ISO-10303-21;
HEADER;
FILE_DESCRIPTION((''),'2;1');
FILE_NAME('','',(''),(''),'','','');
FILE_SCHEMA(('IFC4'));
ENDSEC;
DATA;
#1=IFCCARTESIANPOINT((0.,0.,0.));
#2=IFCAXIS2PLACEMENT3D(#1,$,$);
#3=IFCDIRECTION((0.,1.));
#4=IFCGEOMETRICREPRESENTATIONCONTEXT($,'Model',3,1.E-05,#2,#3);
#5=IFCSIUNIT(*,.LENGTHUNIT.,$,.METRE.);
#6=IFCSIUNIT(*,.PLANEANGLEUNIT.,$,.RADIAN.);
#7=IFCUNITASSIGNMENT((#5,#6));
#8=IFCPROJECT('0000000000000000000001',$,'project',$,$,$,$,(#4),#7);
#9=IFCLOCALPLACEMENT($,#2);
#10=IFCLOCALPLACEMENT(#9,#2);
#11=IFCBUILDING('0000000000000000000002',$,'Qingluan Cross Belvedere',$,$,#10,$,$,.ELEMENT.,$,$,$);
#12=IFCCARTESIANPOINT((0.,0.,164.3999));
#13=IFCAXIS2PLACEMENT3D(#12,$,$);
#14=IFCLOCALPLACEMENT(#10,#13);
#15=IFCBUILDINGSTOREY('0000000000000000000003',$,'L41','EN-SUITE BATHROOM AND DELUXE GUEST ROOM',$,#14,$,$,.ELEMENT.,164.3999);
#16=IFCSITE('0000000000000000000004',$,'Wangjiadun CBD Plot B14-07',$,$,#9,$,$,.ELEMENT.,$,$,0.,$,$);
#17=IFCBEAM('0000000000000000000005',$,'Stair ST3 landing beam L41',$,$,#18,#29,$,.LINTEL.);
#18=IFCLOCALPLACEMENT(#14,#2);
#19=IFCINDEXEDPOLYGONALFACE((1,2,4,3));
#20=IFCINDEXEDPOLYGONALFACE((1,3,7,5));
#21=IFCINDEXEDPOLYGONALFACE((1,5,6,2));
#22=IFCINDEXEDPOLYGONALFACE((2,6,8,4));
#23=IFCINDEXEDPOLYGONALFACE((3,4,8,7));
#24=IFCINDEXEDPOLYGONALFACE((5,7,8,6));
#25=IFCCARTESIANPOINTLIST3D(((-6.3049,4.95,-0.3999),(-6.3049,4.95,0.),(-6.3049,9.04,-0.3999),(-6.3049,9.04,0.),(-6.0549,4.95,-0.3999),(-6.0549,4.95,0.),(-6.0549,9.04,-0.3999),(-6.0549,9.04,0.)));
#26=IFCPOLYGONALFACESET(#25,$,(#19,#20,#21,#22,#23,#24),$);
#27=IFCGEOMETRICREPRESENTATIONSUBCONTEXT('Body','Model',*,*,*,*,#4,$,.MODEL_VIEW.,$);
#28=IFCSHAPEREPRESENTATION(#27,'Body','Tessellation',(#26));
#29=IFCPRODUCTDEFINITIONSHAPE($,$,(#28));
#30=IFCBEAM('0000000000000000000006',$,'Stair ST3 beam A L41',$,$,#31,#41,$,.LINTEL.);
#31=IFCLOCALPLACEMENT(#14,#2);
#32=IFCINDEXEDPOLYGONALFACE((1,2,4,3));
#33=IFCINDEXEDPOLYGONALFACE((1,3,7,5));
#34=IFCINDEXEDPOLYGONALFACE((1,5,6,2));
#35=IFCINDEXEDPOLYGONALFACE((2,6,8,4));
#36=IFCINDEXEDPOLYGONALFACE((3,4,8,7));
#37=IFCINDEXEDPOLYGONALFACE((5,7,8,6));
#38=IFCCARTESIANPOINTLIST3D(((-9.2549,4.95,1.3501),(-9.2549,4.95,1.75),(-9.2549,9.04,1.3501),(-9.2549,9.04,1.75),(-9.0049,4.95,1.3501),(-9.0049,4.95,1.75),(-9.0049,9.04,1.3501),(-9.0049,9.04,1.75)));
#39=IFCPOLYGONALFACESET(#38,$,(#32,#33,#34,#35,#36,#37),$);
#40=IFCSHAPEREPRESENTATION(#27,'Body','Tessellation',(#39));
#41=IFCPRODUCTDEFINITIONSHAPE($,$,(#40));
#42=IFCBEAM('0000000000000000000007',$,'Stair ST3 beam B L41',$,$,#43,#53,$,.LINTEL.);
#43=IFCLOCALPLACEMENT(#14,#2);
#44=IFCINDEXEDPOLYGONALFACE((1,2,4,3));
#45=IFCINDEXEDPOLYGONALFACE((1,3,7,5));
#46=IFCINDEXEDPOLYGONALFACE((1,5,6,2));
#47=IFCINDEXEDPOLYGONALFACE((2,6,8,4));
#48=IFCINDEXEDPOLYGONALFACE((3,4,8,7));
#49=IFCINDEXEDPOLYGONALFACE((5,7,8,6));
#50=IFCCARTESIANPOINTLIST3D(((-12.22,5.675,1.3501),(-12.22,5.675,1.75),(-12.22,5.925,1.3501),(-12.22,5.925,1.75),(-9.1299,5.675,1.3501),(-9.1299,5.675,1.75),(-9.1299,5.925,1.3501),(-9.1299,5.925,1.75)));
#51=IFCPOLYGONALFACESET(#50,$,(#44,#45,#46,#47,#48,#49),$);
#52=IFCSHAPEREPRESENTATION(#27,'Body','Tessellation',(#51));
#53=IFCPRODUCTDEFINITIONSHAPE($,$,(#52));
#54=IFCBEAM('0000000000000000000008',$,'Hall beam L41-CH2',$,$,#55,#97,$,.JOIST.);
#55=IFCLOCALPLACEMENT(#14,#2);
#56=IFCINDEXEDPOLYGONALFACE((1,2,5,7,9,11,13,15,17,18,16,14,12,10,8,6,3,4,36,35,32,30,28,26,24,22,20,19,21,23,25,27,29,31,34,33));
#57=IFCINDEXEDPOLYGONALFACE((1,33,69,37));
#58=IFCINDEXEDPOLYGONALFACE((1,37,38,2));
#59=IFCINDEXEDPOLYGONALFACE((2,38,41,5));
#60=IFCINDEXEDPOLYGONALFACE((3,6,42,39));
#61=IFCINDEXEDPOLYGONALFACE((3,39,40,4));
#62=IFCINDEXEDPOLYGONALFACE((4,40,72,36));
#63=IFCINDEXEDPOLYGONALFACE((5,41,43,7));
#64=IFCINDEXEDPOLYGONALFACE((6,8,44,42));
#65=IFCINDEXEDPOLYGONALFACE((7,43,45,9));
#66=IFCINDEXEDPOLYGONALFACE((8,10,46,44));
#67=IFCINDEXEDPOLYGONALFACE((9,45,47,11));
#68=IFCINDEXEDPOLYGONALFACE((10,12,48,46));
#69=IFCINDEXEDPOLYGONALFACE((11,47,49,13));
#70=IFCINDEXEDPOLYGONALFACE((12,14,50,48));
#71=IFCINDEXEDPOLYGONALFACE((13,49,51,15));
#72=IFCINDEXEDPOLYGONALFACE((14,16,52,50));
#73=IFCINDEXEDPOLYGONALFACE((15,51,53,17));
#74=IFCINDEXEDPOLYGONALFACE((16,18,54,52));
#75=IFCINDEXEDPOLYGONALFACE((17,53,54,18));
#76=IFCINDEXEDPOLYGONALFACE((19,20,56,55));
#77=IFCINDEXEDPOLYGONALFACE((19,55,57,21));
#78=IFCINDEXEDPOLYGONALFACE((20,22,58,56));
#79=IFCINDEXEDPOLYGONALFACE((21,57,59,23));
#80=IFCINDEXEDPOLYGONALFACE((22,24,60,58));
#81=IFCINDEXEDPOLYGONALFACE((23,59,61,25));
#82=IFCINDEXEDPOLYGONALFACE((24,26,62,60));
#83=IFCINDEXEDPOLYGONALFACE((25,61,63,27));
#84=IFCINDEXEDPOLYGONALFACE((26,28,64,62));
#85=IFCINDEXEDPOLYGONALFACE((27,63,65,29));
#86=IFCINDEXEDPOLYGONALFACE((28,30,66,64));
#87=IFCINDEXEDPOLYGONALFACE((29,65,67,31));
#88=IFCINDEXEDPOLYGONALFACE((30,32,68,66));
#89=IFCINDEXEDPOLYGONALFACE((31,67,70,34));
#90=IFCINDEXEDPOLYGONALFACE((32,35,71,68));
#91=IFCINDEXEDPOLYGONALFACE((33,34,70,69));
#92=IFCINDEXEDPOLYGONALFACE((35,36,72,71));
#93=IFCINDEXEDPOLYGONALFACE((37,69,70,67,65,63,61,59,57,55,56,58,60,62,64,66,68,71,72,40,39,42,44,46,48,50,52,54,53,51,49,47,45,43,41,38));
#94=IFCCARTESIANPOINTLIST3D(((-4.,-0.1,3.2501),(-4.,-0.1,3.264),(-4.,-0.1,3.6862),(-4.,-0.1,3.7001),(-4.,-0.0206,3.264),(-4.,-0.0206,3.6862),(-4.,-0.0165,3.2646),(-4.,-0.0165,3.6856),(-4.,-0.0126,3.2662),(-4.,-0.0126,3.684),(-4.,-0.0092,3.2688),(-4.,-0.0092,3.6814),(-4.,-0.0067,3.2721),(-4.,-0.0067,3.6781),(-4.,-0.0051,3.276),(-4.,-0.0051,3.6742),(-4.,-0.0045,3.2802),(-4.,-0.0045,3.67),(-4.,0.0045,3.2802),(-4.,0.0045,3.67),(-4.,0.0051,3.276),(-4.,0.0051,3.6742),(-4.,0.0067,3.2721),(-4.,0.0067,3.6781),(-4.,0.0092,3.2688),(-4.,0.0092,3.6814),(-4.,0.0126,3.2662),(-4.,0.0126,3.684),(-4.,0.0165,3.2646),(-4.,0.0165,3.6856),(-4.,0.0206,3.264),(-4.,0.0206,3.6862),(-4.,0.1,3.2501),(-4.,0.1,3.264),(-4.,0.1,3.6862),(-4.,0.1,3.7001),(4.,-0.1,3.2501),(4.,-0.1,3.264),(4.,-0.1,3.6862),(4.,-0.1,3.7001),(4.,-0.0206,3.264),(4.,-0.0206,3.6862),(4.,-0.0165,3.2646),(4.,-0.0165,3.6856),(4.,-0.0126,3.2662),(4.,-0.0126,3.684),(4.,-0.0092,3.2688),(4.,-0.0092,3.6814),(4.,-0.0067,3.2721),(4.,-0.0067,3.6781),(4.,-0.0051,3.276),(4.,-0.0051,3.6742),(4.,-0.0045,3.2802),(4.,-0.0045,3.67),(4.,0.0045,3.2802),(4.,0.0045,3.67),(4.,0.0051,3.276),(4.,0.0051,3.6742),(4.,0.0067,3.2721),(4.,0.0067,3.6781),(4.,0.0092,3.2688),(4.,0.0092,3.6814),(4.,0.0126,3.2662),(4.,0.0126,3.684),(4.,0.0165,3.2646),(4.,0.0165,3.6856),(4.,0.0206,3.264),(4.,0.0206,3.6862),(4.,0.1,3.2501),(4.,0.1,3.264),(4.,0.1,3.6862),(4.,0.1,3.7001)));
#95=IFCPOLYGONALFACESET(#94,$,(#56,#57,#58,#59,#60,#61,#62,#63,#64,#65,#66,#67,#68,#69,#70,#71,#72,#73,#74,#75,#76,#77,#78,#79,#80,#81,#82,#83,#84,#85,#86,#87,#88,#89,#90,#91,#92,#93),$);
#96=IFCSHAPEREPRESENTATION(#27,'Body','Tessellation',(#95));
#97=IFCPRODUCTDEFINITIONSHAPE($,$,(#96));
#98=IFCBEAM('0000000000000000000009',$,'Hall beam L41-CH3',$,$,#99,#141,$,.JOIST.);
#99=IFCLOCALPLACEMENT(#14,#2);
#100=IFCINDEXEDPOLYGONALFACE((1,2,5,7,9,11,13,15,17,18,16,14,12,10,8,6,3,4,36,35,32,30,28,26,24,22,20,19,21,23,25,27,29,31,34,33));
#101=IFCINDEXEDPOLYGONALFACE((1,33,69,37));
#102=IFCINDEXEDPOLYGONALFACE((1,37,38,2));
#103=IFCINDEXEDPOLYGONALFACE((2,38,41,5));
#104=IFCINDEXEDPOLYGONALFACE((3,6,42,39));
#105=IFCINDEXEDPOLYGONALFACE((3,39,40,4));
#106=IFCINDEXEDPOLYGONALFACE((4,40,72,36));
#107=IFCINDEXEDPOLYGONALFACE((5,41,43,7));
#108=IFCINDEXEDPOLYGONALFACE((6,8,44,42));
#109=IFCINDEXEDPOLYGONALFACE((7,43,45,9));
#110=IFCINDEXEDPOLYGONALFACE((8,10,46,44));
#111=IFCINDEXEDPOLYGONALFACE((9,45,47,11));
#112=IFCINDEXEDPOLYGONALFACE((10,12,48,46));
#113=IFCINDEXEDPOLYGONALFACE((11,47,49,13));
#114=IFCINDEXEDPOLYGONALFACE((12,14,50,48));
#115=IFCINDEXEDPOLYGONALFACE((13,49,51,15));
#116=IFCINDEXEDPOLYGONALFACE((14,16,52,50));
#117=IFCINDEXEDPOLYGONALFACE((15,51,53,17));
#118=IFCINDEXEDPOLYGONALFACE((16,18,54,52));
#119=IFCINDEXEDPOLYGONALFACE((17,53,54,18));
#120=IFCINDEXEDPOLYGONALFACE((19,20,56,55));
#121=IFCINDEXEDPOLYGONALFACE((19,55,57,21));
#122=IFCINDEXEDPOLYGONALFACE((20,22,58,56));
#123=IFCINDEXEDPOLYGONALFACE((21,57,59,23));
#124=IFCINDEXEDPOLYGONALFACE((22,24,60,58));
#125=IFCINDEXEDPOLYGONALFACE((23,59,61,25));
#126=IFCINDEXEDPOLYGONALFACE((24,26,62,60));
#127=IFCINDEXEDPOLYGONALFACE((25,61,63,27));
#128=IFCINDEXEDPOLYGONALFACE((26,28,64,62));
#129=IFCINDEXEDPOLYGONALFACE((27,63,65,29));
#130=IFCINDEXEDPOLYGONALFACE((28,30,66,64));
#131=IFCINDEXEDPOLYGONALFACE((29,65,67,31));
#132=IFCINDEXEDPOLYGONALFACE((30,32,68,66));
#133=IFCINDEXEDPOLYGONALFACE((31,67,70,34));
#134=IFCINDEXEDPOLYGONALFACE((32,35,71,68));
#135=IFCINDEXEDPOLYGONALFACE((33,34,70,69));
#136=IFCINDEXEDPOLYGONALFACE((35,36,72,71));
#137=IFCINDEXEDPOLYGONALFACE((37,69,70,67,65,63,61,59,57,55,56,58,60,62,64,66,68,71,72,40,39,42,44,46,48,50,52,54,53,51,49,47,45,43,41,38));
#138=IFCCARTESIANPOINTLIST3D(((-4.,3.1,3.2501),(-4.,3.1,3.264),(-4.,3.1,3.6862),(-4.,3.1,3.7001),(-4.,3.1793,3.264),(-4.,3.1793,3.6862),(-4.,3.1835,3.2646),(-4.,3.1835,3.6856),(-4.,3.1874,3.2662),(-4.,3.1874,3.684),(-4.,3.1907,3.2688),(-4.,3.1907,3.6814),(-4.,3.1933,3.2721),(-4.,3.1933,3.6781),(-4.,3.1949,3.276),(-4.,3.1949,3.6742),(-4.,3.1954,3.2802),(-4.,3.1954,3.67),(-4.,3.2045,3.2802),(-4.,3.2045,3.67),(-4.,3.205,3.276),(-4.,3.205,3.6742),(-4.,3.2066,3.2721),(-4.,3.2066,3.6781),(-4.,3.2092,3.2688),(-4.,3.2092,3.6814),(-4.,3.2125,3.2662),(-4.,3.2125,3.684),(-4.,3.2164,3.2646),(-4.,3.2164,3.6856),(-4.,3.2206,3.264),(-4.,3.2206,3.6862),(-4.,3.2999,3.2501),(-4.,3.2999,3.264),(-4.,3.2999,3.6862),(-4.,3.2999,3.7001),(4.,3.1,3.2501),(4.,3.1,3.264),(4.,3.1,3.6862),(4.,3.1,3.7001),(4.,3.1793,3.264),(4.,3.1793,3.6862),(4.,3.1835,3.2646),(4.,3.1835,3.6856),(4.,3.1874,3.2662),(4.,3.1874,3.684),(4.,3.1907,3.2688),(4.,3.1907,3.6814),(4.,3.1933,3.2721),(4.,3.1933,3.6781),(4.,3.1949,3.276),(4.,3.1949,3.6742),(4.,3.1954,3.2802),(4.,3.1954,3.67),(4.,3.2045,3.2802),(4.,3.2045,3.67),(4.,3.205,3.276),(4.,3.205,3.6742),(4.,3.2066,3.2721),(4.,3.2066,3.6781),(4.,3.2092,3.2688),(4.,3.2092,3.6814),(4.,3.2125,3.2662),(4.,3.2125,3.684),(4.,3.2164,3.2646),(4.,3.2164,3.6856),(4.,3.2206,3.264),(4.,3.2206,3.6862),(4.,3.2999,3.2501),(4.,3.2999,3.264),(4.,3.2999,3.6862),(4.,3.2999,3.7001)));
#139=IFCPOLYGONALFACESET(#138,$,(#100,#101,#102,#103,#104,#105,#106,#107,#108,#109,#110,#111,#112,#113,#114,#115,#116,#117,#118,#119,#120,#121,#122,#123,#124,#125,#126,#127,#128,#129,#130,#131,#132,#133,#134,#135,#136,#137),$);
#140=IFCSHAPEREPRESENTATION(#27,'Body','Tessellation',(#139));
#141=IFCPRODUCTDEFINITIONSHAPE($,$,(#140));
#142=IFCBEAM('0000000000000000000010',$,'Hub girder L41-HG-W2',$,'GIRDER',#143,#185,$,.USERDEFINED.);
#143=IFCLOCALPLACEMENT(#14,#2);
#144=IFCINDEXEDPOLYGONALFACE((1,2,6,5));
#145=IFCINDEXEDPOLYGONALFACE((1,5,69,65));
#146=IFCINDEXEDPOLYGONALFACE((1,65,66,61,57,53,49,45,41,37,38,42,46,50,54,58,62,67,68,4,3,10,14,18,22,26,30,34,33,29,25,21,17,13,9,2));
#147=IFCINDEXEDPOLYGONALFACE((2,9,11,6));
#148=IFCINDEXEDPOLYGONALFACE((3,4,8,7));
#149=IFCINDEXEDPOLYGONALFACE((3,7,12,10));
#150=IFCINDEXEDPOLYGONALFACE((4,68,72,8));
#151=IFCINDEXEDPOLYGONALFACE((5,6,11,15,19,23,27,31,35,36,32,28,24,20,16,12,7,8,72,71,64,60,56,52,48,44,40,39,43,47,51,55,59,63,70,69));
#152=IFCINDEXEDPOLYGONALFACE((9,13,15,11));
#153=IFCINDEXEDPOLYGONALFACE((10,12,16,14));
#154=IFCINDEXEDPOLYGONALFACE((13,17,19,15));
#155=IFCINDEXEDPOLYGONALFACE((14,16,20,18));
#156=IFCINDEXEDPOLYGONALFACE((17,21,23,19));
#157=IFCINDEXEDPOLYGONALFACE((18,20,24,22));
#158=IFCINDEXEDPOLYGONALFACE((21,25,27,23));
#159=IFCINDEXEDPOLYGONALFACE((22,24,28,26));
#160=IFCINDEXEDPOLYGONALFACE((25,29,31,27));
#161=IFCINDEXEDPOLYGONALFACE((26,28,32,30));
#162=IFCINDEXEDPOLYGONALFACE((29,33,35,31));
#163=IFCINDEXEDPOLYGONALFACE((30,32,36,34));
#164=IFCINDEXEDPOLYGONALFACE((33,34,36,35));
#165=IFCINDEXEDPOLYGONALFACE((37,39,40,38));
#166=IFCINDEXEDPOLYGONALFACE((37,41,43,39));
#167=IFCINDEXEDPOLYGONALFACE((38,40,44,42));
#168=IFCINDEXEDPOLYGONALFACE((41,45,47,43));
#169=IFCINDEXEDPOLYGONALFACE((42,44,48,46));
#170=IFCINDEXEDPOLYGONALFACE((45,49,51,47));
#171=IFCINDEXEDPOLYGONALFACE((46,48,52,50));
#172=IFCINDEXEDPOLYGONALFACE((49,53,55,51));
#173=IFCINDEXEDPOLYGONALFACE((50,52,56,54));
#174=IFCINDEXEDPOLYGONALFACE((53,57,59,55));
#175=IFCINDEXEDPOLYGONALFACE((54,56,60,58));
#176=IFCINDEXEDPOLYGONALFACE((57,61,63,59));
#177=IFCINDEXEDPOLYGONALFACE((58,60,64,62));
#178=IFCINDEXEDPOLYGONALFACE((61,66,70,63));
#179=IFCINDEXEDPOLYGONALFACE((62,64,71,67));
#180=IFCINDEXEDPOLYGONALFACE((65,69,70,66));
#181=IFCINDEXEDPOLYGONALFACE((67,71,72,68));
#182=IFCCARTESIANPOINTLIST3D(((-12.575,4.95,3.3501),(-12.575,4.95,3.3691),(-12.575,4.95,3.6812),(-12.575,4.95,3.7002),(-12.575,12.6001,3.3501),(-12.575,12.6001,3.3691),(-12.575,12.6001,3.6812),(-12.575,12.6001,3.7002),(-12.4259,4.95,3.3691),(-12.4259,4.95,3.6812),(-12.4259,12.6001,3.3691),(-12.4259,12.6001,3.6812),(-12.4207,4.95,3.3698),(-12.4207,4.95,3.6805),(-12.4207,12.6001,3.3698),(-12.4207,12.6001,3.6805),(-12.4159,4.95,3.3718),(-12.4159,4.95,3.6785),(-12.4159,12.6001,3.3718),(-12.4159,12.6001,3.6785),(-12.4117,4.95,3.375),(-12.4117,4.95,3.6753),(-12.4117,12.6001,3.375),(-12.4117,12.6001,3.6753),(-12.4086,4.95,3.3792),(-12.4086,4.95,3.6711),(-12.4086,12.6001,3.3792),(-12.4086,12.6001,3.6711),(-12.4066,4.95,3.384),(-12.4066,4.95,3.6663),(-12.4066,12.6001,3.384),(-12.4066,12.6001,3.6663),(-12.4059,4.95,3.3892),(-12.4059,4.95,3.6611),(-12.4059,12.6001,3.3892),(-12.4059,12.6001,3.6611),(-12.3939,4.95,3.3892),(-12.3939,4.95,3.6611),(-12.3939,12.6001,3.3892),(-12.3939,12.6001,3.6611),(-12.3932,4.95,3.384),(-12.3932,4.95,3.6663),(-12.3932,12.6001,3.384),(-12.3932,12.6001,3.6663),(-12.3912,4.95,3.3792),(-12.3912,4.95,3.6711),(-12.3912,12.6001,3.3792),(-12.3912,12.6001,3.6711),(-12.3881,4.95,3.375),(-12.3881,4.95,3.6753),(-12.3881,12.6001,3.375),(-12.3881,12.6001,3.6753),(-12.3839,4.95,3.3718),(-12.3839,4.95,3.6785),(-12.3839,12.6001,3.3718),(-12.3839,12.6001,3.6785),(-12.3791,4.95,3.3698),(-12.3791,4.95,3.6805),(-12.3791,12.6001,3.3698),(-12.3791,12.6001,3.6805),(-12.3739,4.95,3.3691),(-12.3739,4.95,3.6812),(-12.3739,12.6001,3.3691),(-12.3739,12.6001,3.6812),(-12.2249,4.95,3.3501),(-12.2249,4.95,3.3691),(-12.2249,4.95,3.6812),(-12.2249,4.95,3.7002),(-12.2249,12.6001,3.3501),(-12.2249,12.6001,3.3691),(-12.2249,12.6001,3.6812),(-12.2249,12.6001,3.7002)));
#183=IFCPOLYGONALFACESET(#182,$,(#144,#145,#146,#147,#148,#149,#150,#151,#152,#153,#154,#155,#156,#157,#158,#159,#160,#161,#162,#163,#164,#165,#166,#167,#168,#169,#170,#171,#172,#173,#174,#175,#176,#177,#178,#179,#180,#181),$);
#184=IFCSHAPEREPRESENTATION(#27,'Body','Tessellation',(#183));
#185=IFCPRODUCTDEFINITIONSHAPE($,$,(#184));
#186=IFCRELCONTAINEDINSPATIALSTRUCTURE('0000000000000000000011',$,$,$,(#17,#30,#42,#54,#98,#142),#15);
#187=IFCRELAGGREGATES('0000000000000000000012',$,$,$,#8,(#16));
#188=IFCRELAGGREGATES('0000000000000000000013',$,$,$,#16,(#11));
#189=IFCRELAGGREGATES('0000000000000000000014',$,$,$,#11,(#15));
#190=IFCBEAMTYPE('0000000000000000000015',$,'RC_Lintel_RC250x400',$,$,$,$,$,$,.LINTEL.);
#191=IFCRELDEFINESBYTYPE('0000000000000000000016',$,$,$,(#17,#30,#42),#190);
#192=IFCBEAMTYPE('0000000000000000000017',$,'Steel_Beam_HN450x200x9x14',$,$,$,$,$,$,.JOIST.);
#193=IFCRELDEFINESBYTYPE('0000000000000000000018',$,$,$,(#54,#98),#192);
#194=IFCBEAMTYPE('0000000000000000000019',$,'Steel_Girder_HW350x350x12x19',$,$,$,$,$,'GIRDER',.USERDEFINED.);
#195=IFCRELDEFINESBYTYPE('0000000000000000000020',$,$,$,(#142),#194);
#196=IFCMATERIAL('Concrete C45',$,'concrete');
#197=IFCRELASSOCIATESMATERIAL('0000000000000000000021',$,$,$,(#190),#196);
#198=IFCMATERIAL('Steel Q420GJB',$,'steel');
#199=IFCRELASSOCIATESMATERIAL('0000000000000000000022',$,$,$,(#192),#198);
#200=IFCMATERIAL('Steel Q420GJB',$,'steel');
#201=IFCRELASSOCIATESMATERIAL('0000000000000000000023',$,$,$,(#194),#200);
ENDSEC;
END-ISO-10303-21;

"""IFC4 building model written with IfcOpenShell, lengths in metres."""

from ifc_helpers import new_model, si_unit, direction, frame, origin, origin_2d, place, context, subcontext, project, spatial, rectangle, i_section, extrude, material, material_profile, profile_set, type_object, element, save


model = new_model("IFC4")

# Units and contexts
model_context = context("Model", 3, precision=1e-05, world=origin(), true_north=direction((0.0, 1.0)))
body_context = subcontext(model_context, "Body", "Model", "MODEL_VIEW")
ifc_project = project(units=[si_unit("LENGTHUNIT", "METRE"), si_unit("PLANEANGLEUNIT", "RADIAN")], contexts=[model_context])

# Site, building, storey
site_placement = place(None, origin())
site = spatial("IfcSite", under=ifc_project, at=site_placement, Name="Wangjiadun CBD Plot B14-07", CompositionType="ELEMENT", RefElevation=0.0)
building_placement = place(site_placement, origin())
building = spatial("IfcBuilding", under=site, at=building_placement, Name="Qingluan Cross Belvedere", CompositionType="ELEMENT")
storey_placement = place(building_placement, frame((0.0, 0.0, 164.3999)))
storey = spatial("IfcBuildingStorey", under=building, at=storey_placement, Name="L41", Description="EN-SUITE BATHROOM AND DELUXE GUEST ROOM", CompositionType="ELEMENT", Elevation=164.3999)

# Beams
ifc_material_1 = material(Name="Concrete C45", Category="concrete")
ifc_material_profile_1 = material_profile(ifc_material_1, rectangle(XDim=0.25, YDim=0.3999, at=origin_2d()), Name="RC250x400")
ifc_profile_set_1 = profile_set([ifc_material_profile_1], Name="Concrete C45")
beam_type_1 = type_object("IfcBeamType", Name="RC_Lintel_RC250x400", PredefinedType="LINTEL", material=ifc_profile_set_1)
for number, where, z_axis, x_axis, name in (
    (1, (-6.1799, 4.95, -0.2), (0.0, 1.0, 0.0), (-1.0, 0.0, 0.0), "Stair ST3 landing beam L41"),
    (2, (-9.1299, 4.95, 1.55), (0.0, 1.0, 0.0), (-1.0, 0.0, 0.0), "Stair ST3 beam A L41"),
):
    element("IfcBeam", number, at=place(storey_placement, frame(where, z_axis=z_axis, x_axis=x_axis)), inside=storey, type_object=beam_type_1, Name=name, PredefinedType="LINTEL", context=body_context, shape_type="SweptSolid", body=[
        extrude(rectangle(XDim=0.25, YDim=0.3999, at=origin_2d()), origin(), (0.0, 0.0, 1.0), 4.0901),
    ])
beam_1_placement = place(storey_placement, frame((-12.22, 5.8, 1.55), z_axis=(1.0, 0.0, 0.0), x_axis=(0.0, 1.0, 0.0)))
element("IfcBeam", 3, at=beam_1_placement, inside=storey, type_object=beam_type_1, Name="Stair ST3 beam B L41", PredefinedType="LINTEL", context=body_context, shape_type="SweptSolid", body=[
    extrude(rectangle(XDim=0.25, YDim=0.3999, at=origin_2d()), origin(), (0.0, 0.0, 1.0), 3.0901),
])
ifc_material_2 = material(Name="Steel Q420GJB", Category="steel")
ifc_material_profile_2 = material_profile(ifc_material_2, i_section(OverallWidth=0.2, OverallDepth=0.45, WebThickness=0.009, FlangeThickness=0.0139, FilletRadius=0.0161, at=origin_2d()), Name="HN450x200x9x14")
ifc_profile_set_2 = profile_set([ifc_material_profile_2], Name="Steel Q420GJB")
beam_type_2 = type_object("IfcBeamType", Name="Steel_Beam_HN450x200x9x14", PredefinedType="JOIST", material=ifc_profile_set_2)
for number, where, z_axis, x_axis, name in (
    (4, (-4.0, 0.0, 3.4751), (1.0, 0.0, 0.0), (0.0, 1.0, 0.0), "Hall beam L41-CH2"),
    (5, (-4.0, 3.2, 3.4751), (1.0, 0.0, 0.0), (0.0, 1.0, 0.0), "Hall beam L41-CH3"),
):
    element("IfcBeam", number, at=place(storey_placement, frame(where, z_axis=z_axis, x_axis=x_axis)), inside=storey, type_object=beam_type_2, Name=name, PredefinedType="JOIST", context=body_context, shape_type="SweptSolid", body=[
        extrude(i_section(OverallWidth=0.2, OverallDepth=0.45, WebThickness=0.009, FlangeThickness=0.0139, FilletRadius=0.0161, at=origin_2d()), origin(), (0.0, 0.0, 1.0), 8.0),
    ])
ifc_material_3 = material(Name="Steel Q420GJB", Category="steel")
ifc_material_profile_3 = material_profile(ifc_material_3, i_section(OverallWidth=0.3501, OverallDepth=0.3501, WebThickness=0.012, FlangeThickness=0.019, FilletRadius=0.02, at=origin_2d()), Name="HW350x350x12x19")
ifc_profile_set_3 = profile_set([ifc_material_profile_3], Name="Steel Q420GJB")
beam_type_3 = type_object("IfcBeamType", Name="Steel_Girder_HW350x350x12x19", ElementType="GIRDER", PredefinedType="USERDEFINED", material=ifc_profile_set_3)
beam_2_placement = place(storey_placement, frame((-12.3999, 4.95, 3.5251), z_axis=(0.0, 1.0, 0.0), x_axis=(-1.0, 0.0, 0.0)))
element("IfcBeam", 6, at=beam_2_placement, inside=storey, type_object=beam_type_3, Name="Hub girder L41-HG-W2", ObjectType="GIRDER", PredefinedType="USERDEFINED", context=body_context, shape_type="SweptSolid", body=[
    extrude(i_section(OverallWidth=0.3501, OverallDepth=0.3501, WebThickness=0.012, FlangeThickness=0.019, FilletRadius=0.02, at=origin_2d()), origin(), (0.0, 0.0, 1.0), 7.6501),
])

save(model, "model.ifc")
